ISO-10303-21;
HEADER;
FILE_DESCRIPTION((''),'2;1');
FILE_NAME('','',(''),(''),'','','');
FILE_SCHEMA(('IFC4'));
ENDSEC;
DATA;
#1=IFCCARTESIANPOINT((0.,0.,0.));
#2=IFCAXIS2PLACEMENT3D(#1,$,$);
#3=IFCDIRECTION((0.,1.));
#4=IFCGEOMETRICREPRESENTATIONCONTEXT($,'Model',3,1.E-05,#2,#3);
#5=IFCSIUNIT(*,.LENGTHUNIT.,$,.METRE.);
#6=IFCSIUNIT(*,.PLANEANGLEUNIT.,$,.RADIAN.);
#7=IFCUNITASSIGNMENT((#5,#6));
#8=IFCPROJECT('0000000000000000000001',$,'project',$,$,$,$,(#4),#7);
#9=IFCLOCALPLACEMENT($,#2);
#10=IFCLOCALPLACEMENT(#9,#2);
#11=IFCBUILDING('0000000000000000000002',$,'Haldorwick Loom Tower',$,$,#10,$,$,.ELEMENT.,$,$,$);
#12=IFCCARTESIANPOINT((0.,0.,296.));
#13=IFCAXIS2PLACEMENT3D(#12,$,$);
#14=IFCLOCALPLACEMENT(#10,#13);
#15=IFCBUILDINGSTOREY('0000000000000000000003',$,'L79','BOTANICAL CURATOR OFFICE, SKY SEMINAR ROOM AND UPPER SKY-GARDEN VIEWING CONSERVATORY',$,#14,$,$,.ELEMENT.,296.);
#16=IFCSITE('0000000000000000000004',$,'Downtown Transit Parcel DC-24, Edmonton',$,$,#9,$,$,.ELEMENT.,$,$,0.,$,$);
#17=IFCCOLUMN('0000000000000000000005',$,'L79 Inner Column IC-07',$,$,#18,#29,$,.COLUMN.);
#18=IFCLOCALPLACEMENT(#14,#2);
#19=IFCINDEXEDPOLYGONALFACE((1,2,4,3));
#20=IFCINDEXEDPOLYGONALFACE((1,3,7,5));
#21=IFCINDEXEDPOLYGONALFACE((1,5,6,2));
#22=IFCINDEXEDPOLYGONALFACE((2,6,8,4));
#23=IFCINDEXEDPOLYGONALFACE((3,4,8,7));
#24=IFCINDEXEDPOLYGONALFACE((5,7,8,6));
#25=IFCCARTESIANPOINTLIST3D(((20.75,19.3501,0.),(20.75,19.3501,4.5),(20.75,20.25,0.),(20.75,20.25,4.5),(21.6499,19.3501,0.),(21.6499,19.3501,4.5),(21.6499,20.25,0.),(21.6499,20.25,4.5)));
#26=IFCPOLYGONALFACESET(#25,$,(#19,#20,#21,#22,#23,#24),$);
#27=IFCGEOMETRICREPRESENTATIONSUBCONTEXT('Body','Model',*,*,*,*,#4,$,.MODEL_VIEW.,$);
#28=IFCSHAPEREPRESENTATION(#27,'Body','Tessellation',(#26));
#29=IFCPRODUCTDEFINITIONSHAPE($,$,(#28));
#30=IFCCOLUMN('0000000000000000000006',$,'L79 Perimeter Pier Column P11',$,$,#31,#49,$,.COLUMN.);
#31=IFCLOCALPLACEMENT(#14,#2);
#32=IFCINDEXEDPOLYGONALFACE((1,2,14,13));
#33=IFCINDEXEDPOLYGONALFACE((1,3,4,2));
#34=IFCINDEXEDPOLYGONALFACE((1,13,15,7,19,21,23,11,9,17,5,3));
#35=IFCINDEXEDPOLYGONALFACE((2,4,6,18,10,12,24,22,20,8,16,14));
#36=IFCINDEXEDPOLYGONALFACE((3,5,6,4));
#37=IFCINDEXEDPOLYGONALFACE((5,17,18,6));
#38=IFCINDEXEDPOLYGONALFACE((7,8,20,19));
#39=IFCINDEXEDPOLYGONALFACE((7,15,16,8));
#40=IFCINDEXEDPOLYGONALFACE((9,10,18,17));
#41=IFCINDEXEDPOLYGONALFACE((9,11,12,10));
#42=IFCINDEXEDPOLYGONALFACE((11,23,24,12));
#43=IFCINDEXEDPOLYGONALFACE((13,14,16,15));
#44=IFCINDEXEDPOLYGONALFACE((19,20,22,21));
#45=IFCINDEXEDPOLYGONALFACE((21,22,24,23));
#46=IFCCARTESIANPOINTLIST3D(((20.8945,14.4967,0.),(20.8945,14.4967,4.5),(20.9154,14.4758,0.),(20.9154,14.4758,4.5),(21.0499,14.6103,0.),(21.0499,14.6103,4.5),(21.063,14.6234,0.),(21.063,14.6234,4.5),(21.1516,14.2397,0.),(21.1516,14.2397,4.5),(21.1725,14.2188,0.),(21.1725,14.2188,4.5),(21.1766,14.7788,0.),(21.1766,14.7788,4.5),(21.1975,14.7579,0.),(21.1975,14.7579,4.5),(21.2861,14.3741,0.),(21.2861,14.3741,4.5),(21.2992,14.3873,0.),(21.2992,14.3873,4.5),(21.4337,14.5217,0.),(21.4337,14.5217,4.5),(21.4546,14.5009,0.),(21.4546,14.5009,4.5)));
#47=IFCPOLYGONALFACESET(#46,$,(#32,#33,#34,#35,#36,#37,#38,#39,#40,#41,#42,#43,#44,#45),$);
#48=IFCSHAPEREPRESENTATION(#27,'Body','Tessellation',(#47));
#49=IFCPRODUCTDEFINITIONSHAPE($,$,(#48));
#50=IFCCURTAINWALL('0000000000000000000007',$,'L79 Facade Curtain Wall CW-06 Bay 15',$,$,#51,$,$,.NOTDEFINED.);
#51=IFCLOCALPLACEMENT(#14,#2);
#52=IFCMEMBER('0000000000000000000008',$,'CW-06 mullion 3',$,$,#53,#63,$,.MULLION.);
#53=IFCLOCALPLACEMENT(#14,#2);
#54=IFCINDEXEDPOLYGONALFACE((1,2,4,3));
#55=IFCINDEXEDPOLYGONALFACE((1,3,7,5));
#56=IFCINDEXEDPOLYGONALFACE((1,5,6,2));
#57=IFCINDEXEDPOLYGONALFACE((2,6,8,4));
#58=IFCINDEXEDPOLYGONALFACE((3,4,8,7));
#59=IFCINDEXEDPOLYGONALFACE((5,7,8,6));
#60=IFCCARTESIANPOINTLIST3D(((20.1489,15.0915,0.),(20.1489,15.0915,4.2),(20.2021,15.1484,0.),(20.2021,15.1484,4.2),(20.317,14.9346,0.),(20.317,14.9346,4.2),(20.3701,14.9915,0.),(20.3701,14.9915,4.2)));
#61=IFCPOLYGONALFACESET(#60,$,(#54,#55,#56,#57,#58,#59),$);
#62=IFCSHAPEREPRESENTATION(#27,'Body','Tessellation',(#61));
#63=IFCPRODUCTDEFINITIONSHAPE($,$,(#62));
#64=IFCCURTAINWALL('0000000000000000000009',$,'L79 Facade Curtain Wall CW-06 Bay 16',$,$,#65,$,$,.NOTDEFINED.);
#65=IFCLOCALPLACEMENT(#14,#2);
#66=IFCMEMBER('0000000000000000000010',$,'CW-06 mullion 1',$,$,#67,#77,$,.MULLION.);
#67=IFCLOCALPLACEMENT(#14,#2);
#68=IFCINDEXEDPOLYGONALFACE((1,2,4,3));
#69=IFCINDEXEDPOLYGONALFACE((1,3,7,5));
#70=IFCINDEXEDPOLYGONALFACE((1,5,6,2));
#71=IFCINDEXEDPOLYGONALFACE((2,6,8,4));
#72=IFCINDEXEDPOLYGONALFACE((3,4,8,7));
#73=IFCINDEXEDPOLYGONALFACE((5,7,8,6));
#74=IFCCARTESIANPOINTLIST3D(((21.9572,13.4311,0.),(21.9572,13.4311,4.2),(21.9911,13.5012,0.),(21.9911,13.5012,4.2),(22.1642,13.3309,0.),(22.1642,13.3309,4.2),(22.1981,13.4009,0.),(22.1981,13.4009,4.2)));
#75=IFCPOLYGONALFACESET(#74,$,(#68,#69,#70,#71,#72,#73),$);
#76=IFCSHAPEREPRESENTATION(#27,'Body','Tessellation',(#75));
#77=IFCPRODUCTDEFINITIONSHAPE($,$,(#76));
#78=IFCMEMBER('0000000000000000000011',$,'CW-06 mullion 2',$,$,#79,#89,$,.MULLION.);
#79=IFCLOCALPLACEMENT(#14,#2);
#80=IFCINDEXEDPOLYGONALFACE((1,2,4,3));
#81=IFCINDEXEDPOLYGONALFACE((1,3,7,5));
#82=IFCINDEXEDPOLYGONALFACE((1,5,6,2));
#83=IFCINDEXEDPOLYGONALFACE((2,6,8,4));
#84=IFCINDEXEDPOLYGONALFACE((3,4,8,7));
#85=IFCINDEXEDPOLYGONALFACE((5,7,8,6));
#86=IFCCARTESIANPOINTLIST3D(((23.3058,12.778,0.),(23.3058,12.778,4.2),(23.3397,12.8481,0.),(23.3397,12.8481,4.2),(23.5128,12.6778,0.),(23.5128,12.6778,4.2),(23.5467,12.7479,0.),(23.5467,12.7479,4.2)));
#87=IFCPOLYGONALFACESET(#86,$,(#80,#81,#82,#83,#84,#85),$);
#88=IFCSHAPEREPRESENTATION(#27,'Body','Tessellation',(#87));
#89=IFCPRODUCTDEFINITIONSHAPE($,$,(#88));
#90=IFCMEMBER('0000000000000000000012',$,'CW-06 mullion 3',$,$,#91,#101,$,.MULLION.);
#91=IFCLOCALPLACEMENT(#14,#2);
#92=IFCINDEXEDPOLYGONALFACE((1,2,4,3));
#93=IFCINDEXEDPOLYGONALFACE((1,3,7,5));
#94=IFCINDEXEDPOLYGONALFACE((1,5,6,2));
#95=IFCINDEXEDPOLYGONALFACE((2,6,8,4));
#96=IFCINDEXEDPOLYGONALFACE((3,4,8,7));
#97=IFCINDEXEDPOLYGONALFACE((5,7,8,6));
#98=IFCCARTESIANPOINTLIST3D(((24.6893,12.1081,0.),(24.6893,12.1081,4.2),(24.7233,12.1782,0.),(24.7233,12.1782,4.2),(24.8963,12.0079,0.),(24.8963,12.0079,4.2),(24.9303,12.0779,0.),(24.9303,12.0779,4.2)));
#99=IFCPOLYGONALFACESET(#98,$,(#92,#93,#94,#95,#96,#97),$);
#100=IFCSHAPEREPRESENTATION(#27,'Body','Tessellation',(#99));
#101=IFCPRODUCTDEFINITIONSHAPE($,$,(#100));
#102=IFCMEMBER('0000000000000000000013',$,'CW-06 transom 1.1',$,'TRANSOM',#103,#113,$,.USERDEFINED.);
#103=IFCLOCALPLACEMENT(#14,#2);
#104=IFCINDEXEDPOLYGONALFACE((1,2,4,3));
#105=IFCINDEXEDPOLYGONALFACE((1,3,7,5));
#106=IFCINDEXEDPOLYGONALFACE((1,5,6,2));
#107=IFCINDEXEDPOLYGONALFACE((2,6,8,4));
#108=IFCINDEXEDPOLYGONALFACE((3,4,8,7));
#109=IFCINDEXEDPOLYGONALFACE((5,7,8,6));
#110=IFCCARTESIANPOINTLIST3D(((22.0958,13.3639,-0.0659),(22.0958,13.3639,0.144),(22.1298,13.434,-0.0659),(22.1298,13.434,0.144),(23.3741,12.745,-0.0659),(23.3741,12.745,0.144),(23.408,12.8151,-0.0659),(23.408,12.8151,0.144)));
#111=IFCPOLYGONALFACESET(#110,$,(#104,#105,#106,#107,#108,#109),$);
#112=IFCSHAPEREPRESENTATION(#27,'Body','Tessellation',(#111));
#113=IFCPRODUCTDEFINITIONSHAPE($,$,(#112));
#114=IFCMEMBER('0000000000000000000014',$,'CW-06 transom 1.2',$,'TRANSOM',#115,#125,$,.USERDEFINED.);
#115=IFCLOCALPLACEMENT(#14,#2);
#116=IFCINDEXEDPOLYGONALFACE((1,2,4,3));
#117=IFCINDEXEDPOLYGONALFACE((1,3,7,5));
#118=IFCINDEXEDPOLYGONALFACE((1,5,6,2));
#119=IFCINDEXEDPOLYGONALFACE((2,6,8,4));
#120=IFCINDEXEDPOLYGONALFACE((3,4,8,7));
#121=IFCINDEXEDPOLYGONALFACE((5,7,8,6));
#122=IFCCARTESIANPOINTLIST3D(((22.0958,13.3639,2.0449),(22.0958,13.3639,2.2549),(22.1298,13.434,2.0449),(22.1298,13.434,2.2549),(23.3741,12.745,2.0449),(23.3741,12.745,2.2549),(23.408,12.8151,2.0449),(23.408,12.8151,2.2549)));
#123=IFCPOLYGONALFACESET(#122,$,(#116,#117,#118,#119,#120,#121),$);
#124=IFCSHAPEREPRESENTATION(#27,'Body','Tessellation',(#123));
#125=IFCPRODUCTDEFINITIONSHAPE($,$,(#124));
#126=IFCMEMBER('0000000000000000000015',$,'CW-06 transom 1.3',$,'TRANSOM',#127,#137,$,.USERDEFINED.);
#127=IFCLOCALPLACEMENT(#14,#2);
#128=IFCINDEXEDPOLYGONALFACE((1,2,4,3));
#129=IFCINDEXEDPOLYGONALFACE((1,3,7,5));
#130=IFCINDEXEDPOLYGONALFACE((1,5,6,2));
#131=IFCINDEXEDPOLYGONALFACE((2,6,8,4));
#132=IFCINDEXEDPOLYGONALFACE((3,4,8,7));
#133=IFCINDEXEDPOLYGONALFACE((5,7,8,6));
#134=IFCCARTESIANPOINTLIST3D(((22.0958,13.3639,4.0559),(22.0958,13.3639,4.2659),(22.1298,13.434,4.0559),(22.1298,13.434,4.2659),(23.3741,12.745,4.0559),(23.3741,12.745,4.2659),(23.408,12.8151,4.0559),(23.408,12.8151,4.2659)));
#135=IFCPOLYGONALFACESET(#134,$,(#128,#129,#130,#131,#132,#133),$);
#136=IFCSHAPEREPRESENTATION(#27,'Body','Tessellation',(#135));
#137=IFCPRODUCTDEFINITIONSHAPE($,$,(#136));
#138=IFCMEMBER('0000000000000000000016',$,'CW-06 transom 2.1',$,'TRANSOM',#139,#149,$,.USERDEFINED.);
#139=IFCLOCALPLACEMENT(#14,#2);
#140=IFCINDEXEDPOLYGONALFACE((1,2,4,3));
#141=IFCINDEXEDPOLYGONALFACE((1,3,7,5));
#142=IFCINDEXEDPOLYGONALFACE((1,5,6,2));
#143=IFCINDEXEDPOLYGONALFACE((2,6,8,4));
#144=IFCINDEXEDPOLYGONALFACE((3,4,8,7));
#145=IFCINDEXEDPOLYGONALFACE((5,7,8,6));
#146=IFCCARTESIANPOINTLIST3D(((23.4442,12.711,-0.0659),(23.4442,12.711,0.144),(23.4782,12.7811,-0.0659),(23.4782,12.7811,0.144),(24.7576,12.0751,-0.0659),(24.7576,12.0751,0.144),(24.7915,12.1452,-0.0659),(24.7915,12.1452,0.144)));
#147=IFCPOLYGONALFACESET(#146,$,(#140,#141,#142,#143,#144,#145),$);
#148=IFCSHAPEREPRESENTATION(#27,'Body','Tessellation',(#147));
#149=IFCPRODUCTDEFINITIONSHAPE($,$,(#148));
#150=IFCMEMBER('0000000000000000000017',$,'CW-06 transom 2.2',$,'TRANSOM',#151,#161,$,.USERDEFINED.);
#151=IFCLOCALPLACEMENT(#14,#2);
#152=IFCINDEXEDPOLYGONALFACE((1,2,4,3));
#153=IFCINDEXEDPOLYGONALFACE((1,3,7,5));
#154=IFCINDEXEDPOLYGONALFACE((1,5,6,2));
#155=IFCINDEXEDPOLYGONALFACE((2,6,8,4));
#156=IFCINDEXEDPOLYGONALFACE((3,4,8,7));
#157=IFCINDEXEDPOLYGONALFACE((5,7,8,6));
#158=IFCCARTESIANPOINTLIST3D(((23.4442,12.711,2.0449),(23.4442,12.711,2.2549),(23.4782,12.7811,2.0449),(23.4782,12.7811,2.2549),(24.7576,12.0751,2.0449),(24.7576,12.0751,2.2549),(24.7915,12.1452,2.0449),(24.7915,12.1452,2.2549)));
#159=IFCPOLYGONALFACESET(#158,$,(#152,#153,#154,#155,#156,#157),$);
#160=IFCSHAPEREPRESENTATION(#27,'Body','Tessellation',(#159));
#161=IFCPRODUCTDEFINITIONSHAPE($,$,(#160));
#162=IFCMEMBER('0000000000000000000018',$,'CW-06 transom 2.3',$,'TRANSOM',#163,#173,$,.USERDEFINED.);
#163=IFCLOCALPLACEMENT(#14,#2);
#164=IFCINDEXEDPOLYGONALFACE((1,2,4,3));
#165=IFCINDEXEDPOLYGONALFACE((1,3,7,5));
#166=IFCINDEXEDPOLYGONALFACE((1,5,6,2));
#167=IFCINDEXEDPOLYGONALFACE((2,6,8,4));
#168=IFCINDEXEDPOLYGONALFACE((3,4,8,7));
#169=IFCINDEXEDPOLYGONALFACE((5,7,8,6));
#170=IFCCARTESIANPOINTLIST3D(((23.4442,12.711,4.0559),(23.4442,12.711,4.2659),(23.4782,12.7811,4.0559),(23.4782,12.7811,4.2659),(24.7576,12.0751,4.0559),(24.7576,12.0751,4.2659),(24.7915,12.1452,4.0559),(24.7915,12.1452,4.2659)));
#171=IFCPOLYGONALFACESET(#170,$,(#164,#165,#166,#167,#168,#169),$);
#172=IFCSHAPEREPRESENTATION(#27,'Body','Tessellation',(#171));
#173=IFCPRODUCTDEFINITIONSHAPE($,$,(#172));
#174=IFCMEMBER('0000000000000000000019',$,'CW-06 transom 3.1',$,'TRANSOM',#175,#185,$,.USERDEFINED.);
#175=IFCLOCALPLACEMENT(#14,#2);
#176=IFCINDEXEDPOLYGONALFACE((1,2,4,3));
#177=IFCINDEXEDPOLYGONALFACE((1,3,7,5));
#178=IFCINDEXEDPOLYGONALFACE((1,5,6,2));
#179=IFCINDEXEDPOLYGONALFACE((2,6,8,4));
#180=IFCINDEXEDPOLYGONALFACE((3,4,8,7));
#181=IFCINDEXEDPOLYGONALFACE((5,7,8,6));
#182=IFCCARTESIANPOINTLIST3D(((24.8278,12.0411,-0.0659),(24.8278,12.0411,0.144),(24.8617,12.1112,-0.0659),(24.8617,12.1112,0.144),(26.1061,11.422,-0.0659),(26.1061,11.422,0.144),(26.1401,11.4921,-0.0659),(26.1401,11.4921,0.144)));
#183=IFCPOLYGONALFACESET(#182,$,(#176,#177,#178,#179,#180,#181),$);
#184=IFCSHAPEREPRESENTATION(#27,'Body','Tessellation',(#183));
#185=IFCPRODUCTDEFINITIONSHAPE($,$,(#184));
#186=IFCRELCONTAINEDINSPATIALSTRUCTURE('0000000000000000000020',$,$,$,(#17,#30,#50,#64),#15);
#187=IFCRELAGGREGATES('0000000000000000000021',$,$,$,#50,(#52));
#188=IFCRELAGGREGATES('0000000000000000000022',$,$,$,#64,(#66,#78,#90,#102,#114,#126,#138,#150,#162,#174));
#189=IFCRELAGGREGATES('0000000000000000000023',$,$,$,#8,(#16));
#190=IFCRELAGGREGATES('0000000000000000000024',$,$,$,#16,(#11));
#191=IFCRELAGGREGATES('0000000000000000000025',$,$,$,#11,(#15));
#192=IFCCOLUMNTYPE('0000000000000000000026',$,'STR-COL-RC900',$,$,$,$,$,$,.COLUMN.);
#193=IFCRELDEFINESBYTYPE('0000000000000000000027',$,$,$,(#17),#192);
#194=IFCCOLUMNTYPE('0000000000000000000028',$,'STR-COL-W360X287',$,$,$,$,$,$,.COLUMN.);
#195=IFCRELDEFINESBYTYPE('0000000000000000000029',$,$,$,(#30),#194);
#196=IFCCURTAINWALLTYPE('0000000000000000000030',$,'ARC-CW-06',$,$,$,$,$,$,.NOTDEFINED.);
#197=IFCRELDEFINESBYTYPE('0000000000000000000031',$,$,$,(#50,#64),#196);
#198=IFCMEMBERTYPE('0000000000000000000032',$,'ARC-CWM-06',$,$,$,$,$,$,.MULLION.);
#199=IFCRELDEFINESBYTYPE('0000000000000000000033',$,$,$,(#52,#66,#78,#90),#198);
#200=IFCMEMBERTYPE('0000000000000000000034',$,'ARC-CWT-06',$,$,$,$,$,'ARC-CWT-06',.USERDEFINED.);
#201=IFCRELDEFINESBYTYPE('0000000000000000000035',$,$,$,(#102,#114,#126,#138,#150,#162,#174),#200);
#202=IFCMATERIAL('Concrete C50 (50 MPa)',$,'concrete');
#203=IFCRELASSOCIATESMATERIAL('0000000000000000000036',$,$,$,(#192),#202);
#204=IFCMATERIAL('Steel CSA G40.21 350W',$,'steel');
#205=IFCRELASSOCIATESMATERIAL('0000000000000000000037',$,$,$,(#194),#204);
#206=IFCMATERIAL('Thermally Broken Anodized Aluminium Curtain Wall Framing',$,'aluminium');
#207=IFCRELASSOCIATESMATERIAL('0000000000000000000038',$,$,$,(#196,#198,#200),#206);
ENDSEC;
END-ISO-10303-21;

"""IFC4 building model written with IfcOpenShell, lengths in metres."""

from ifc_helpers import new_model, si_unit, direction, frame, origin, origin_2d, place, context, subcontext, project, spatial, rectangle, i_section, extrude, material, material_profile, profile_set, type_object, element, aggregate, save


model = new_model("IFC4")

# Units and contexts
model_context = context("Model", 3, precision=1e-05, world=origin(), true_north=direction((0.0, 1.0)))
body_context = subcontext(model_context, "Body", "Model", "MODEL_VIEW")
ifc_project = project(units=[si_unit("LENGTHUNIT", "METRE"), si_unit("PLANEANGLEUNIT", "RADIAN")], contexts=[model_context])

# Site, building, storey
site_placement = place(None, origin())
site = spatial("IfcSite", under=ifc_project, at=site_placement, Name="Downtown Transit Parcel DC-24, Edmonton", CompositionType="ELEMENT", RefElevation=0.0)
building_placement = place(site_placement, origin())
building = spatial("IfcBuilding", under=site, at=building_placement, Name="Haldorwick Loom Tower", CompositionType="ELEMENT")
storey_placement = place(building_placement, frame((0.0, 0.0, 296.0)))
storey = spatial("IfcBuildingStorey", under=building, at=storey_placement, Name="L79", Description="BOTANICAL CURATOR OFFICE, SKY SEMINAR ROOM AND UPPER SKY-GARDEN VIEWING CONSERVATORY", CompositionType="ELEMENT", Elevation=296.0)

# Columns
ifc_material_1 = material(Name="Concrete C50 (50 MPa)", Category="concrete")
ifc_material_profile_1 = material_profile(ifc_material_1, rectangle(XDim=0.8999, YDim=0.8999, at=origin_2d()), Name="RC900X900", Category="concrete")
ifc_profile_set_1 = profile_set([ifc_material_profile_1], Name="Concrete C50 (50 MPa)")
column_type_1 = type_object("IfcColumnType", Name="STR-COL-RC900", PredefinedType="COLUMN", material=ifc_profile_set_1)
column_1_placement = place(storey_placement, frame((21.2, 19.8, 0.0), z_axis=(0.0, 0.0, 1.0), x_axis=(1.0, 0.0, 0.0)))
element("IfcColumn", 1, at=column_1_placement, inside=storey, type_object=column_type_1, Name="L79 Inner Column IC-07", PredefinedType="COLUMN", context=body_context, shape_type="SweptSolid", body=[
    extrude(rectangle(XDim=0.8999, YDim=0.8999, at=origin_2d()), origin(), (0.0, 0.0, 1.0), 4.5),
])
ifc_material_2 = material(Name="Steel CSA G40.21 350W", Category="steel")
ifc_material_profile_2 = material_profile(ifc_material_2, i_section(OverallWidth=0.3989, OverallDepth=0.3931, WebThickness=0.0186, FlangeThickness=0.0295, at=origin_2d()), Name="W360X287", Category="steel")
ifc_profile_set_2 = profile_set([ifc_material_profile_2], Name="Steel CSA G40.21 350W")
column_type_2 = type_object("IfcColumnType", Name="STR-COL-W360X287", PredefinedType="COLUMN", material=ifc_profile_set_2)
column_2_placement = place(storey_placement, frame((21.1746, 14.4988, 0.0), z_axis=(0.0, 0.0, 1.0), x_axis=(-0.707107, -0.707107, 0.0)))
element("IfcColumn", 2, at=column_2_placement, inside=storey, type_object=column_type_2, Name="L79 Perimeter Pier Column P11", PredefinedType="COLUMN", context=body_context, shape_type="SweptSolid", body=[
    extrude(i_section(OverallWidth=0.3989, OverallDepth=0.3931, WebThickness=0.0186, FlangeThickness=0.0295, at=origin_2d()), origin(), (0.0, 0.0, 1.0), 4.5),
])

# Curtain wall, member
ifc_material_3 = material(Name="Thermally Broken Anodized Aluminium Curtain Wall Framing", Category="aluminium")
curtain_wall_type = type_object("IfcCurtainWallType", Name="ARC-CW-06", PredefinedType="NOTDEFINED", material=ifc_material_3)
curtain_wall_1_placement = place(storey_placement, origin())
curtain_wall_1 = element("IfcCurtainWall", 3, at=curtain_wall_1_placement, inside=storey, type_object=curtain_wall_type, Name="L79 Facade Curtain Wall CW-06 Bay 15", PredefinedType="NOTDEFINED")
ifc_material_profile_3 = material_profile(ifc_material_3, rectangle(XDim=0.0779, YDim=0.23, at=origin_2d()), Name="ALU_MUL_78X230", Category="aluminium")
ifc_profile_set_3 = profile_set([ifc_material_profile_3], Name="Thermally Broken Anodized Aluminium Curtain Wall Framing")
member_type_1 = type_object("IfcMemberType", Name="ARC-CWM-06", PredefinedType="MULLION", material=ifc_profile_set_3)
member_1_placement = place(storey_placement, frame((20.2595, 15.0415, 0.0), z_axis=(0.0, 0.0, 1.0), x_axis=(0.682499, 0.730886, 0.0)))
member_1 = element("IfcMember", 4, at=member_1_placement, type_object=member_type_1, Name="CW-06 mullion 3", PredefinedType="MULLION", context=body_context, shape_type="SweptSolid", body=[
    extrude(rectangle(XDim=0.0779, YDim=0.23, at=origin_2d()), origin(), (0.0, 0.0, 1.0), 4.2),
])

# Curtain wall, members
curtain_wall_2_placement = place(storey_placement, origin())
curtain_wall_2 = element("IfcCurtainWall", 5, at=curtain_wall_2_placement, inside=storey, type_object=curtain_wall_type, Name="L79 Facade Curtain Wall CW-06 Bay 16", PredefinedType="NOTDEFINED")
member_2_placement = place(storey_placement, frame((22.0776, 13.416, 0.0), z_axis=(0.0, 0.0, 1.0), x_axis=(0.435824, 0.900032, 0.0)))
member_2 = element("IfcMember", 6, at=member_2_placement, type_object=member_type_1, Name="CW-06 mullion 1", PredefinedType="MULLION", context=body_context, shape_type="SweptSolid", body=[
    extrude(rectangle(XDim=0.0779, YDim=0.23, at=origin_2d()), origin(), (0.0, 0.0, 1.0), 4.2),
])
member_3_placement = place(storey_placement, frame((23.4263, 12.7629, 0.0), z_axis=(0.0, 0.0, 1.0), x_axis=(0.435824, 0.900032, 0.0)))
member_3 = element("IfcMember", 7, at=member_3_placement, type_object=member_type_1, Name="CW-06 mullion 2", PredefinedType="MULLION", context=body_context, shape_type="SweptSolid", body=[
    extrude(rectangle(XDim=0.0779, YDim=0.23, at=origin_2d()), origin(), (0.0, 0.0, 1.0), 4.2),
])
member_4_placement = place(storey_placement, frame((24.8098, 12.093, 0.0), z_axis=(0.0, 0.0, 1.0), x_axis=(0.435824, 0.900032, 0.0)))
member_4 = element("IfcMember", 8, at=member_4_placement, type_object=member_type_1, Name="CW-06 mullion 3", PredefinedType="MULLION", context=body_context, shape_type="SweptSolid", body=[
    extrude(rectangle(XDim=0.0779, YDim=0.23, at=origin_2d()), origin(), (0.0, 0.0, 1.0), 4.2),
])
ifc_material_profile_4 = material_profile(ifc_material_3, rectangle(XDim=0.0779, YDim=0.21, at=origin_2d()), Name="ALU_TRN_78X210", Category="aluminium")
ifc_profile_set_4 = profile_set([ifc_material_profile_4], Name="Thermally Broken Anodized Aluminium Curtain Wall Framing")
member_type_2 = type_object("IfcMemberType", Name="ARC-CWT-06", ElementType="ARC-CWT-06", PredefinedType="USERDEFINED", material=ifc_profile_set_4)
member_5_placement = place(storey_placement, frame((22.1128, 13.3989, 0.0391), z_axis=(0.900061, -0.435763, 0.0), x_axis=(0.435763, 0.900061, 0.0)))
member_5 = element("IfcMember", 9, at=member_5_placement, type_object=member_type_2, Name="CW-06 transom 1.1", ObjectType="TRANSOM", PredefinedType="USERDEFINED", context=body_context, shape_type="SweptSolid", body=[
    extrude(rectangle(XDim=0.0779, YDim=0.21, at=origin_2d()), origin(), (0.0, 0.0, 1.0), 1.4202),
])
member_6_placement = place(storey_placement, frame((22.1128, 13.3989, 2.1499), z_axis=(0.900061, -0.435763, 0.0), x_axis=(0.435763, 0.900061, 0.0)))
member_6 = element("IfcMember", 10, at=member_6_placement, type_object=member_type_2, Name="CW-06 transom 1.2", ObjectType="TRANSOM", PredefinedType="USERDEFINED", context=body_context, shape_type="SweptSolid", body=[
    extrude(rectangle(XDim=0.0779, YDim=0.21, at=origin_2d()), origin(), (0.0, 0.0, 1.0), 1.4202),
])
member_7_placement = place(storey_placement, frame((22.1128, 13.3989, 4.1609), z_axis=(0.900061, -0.435763, 0.0), x_axis=(0.435763, 0.900061, 0.0)))
member_7 = element("IfcMember", 11, at=member_7_placement, type_object=member_type_2, Name="CW-06 transom 1.3", ObjectType="TRANSOM", PredefinedType="USERDEFINED", context=body_context, shape_type="SweptSolid", body=[
    extrude(rectangle(XDim=0.0779, YDim=0.21, at=origin_2d()), origin(), (0.0, 0.0, 1.0), 1.4202),
])
member_8_placement = place(storey_placement, frame((23.4612, 12.7461, 0.0391), z_axis=(0.900043, -0.435801, 0.0), x_axis=(0.435801, 0.900043, 0.0)))
member_8 = element("IfcMember", 12, at=member_8_placement, type_object=member_type_2, Name="CW-06 transom 2.1", ObjectType="TRANSOM", PredefinedType="USERDEFINED", context=body_context, shape_type="SweptSolid", body=[
    extrude(rectangle(XDim=0.0779, YDim=0.21, at=origin_2d()), origin(), (0.0, 0.0, 1.0), 1.4592),
])
member_9_placement = place(storey_placement, frame((23.4612, 12.7461, 2.1499), z_axis=(0.900043, -0.435801, 0.0), x_axis=(0.435801, 0.900043, 0.0)))
member_9 = element("IfcMember", 13, at=member_9_placement, type_object=member_type_2, Name="CW-06 transom 2.2", ObjectType="TRANSOM", PredefinedType="USERDEFINED", context=body_context, shape_type="SweptSolid", body=[
    extrude(rectangle(XDim=0.0779, YDim=0.21, at=origin_2d()), origin(), (0.0, 0.0, 1.0), 1.4592),
])
member_10_placement = place(storey_placement, frame((23.4612, 12.7461, 4.1609), z_axis=(0.900043, -0.435801, 0.0), x_axis=(0.435801, 0.900043, 0.0)))
member_10 = element("IfcMember", 14, at=member_10_placement, type_object=member_type_2, Name="CW-06 transom 2.3", ObjectType="TRANSOM", PredefinedType="USERDEFINED", context=body_context, shape_type="SweptSolid", body=[
    extrude(rectangle(XDim=0.0779, YDim=0.21, at=origin_2d()), origin(), (0.0, 0.0, 1.0), 1.4592),
])
member_11_placement = place(storey_placement, frame((24.8447, 12.0762, 0.0391), z_axis=(0.899994, -0.435902, 0.0), x_axis=(0.435902, 0.899994, 0.0)))
member_11 = element("IfcMember", 15, at=member_11_placement, type_object=member_type_2, Name="CW-06 transom 3.1", ObjectType="TRANSOM", PredefinedType="USERDEFINED", context=body_context, shape_type="SweptSolid", body=[
    extrude(rectangle(XDim=0.0779, YDim=0.21, at=origin_2d()), origin(), (0.0, 0.0, 1.0), 1.4204),
])

aggregate(curtain_wall_1, [member_1])
aggregate(curtain_wall_2, [member_2, member_3, member_4, member_5, member_6, member_7, member_8, member_9, member_10, member_11])

save(model, "model.ifc")
